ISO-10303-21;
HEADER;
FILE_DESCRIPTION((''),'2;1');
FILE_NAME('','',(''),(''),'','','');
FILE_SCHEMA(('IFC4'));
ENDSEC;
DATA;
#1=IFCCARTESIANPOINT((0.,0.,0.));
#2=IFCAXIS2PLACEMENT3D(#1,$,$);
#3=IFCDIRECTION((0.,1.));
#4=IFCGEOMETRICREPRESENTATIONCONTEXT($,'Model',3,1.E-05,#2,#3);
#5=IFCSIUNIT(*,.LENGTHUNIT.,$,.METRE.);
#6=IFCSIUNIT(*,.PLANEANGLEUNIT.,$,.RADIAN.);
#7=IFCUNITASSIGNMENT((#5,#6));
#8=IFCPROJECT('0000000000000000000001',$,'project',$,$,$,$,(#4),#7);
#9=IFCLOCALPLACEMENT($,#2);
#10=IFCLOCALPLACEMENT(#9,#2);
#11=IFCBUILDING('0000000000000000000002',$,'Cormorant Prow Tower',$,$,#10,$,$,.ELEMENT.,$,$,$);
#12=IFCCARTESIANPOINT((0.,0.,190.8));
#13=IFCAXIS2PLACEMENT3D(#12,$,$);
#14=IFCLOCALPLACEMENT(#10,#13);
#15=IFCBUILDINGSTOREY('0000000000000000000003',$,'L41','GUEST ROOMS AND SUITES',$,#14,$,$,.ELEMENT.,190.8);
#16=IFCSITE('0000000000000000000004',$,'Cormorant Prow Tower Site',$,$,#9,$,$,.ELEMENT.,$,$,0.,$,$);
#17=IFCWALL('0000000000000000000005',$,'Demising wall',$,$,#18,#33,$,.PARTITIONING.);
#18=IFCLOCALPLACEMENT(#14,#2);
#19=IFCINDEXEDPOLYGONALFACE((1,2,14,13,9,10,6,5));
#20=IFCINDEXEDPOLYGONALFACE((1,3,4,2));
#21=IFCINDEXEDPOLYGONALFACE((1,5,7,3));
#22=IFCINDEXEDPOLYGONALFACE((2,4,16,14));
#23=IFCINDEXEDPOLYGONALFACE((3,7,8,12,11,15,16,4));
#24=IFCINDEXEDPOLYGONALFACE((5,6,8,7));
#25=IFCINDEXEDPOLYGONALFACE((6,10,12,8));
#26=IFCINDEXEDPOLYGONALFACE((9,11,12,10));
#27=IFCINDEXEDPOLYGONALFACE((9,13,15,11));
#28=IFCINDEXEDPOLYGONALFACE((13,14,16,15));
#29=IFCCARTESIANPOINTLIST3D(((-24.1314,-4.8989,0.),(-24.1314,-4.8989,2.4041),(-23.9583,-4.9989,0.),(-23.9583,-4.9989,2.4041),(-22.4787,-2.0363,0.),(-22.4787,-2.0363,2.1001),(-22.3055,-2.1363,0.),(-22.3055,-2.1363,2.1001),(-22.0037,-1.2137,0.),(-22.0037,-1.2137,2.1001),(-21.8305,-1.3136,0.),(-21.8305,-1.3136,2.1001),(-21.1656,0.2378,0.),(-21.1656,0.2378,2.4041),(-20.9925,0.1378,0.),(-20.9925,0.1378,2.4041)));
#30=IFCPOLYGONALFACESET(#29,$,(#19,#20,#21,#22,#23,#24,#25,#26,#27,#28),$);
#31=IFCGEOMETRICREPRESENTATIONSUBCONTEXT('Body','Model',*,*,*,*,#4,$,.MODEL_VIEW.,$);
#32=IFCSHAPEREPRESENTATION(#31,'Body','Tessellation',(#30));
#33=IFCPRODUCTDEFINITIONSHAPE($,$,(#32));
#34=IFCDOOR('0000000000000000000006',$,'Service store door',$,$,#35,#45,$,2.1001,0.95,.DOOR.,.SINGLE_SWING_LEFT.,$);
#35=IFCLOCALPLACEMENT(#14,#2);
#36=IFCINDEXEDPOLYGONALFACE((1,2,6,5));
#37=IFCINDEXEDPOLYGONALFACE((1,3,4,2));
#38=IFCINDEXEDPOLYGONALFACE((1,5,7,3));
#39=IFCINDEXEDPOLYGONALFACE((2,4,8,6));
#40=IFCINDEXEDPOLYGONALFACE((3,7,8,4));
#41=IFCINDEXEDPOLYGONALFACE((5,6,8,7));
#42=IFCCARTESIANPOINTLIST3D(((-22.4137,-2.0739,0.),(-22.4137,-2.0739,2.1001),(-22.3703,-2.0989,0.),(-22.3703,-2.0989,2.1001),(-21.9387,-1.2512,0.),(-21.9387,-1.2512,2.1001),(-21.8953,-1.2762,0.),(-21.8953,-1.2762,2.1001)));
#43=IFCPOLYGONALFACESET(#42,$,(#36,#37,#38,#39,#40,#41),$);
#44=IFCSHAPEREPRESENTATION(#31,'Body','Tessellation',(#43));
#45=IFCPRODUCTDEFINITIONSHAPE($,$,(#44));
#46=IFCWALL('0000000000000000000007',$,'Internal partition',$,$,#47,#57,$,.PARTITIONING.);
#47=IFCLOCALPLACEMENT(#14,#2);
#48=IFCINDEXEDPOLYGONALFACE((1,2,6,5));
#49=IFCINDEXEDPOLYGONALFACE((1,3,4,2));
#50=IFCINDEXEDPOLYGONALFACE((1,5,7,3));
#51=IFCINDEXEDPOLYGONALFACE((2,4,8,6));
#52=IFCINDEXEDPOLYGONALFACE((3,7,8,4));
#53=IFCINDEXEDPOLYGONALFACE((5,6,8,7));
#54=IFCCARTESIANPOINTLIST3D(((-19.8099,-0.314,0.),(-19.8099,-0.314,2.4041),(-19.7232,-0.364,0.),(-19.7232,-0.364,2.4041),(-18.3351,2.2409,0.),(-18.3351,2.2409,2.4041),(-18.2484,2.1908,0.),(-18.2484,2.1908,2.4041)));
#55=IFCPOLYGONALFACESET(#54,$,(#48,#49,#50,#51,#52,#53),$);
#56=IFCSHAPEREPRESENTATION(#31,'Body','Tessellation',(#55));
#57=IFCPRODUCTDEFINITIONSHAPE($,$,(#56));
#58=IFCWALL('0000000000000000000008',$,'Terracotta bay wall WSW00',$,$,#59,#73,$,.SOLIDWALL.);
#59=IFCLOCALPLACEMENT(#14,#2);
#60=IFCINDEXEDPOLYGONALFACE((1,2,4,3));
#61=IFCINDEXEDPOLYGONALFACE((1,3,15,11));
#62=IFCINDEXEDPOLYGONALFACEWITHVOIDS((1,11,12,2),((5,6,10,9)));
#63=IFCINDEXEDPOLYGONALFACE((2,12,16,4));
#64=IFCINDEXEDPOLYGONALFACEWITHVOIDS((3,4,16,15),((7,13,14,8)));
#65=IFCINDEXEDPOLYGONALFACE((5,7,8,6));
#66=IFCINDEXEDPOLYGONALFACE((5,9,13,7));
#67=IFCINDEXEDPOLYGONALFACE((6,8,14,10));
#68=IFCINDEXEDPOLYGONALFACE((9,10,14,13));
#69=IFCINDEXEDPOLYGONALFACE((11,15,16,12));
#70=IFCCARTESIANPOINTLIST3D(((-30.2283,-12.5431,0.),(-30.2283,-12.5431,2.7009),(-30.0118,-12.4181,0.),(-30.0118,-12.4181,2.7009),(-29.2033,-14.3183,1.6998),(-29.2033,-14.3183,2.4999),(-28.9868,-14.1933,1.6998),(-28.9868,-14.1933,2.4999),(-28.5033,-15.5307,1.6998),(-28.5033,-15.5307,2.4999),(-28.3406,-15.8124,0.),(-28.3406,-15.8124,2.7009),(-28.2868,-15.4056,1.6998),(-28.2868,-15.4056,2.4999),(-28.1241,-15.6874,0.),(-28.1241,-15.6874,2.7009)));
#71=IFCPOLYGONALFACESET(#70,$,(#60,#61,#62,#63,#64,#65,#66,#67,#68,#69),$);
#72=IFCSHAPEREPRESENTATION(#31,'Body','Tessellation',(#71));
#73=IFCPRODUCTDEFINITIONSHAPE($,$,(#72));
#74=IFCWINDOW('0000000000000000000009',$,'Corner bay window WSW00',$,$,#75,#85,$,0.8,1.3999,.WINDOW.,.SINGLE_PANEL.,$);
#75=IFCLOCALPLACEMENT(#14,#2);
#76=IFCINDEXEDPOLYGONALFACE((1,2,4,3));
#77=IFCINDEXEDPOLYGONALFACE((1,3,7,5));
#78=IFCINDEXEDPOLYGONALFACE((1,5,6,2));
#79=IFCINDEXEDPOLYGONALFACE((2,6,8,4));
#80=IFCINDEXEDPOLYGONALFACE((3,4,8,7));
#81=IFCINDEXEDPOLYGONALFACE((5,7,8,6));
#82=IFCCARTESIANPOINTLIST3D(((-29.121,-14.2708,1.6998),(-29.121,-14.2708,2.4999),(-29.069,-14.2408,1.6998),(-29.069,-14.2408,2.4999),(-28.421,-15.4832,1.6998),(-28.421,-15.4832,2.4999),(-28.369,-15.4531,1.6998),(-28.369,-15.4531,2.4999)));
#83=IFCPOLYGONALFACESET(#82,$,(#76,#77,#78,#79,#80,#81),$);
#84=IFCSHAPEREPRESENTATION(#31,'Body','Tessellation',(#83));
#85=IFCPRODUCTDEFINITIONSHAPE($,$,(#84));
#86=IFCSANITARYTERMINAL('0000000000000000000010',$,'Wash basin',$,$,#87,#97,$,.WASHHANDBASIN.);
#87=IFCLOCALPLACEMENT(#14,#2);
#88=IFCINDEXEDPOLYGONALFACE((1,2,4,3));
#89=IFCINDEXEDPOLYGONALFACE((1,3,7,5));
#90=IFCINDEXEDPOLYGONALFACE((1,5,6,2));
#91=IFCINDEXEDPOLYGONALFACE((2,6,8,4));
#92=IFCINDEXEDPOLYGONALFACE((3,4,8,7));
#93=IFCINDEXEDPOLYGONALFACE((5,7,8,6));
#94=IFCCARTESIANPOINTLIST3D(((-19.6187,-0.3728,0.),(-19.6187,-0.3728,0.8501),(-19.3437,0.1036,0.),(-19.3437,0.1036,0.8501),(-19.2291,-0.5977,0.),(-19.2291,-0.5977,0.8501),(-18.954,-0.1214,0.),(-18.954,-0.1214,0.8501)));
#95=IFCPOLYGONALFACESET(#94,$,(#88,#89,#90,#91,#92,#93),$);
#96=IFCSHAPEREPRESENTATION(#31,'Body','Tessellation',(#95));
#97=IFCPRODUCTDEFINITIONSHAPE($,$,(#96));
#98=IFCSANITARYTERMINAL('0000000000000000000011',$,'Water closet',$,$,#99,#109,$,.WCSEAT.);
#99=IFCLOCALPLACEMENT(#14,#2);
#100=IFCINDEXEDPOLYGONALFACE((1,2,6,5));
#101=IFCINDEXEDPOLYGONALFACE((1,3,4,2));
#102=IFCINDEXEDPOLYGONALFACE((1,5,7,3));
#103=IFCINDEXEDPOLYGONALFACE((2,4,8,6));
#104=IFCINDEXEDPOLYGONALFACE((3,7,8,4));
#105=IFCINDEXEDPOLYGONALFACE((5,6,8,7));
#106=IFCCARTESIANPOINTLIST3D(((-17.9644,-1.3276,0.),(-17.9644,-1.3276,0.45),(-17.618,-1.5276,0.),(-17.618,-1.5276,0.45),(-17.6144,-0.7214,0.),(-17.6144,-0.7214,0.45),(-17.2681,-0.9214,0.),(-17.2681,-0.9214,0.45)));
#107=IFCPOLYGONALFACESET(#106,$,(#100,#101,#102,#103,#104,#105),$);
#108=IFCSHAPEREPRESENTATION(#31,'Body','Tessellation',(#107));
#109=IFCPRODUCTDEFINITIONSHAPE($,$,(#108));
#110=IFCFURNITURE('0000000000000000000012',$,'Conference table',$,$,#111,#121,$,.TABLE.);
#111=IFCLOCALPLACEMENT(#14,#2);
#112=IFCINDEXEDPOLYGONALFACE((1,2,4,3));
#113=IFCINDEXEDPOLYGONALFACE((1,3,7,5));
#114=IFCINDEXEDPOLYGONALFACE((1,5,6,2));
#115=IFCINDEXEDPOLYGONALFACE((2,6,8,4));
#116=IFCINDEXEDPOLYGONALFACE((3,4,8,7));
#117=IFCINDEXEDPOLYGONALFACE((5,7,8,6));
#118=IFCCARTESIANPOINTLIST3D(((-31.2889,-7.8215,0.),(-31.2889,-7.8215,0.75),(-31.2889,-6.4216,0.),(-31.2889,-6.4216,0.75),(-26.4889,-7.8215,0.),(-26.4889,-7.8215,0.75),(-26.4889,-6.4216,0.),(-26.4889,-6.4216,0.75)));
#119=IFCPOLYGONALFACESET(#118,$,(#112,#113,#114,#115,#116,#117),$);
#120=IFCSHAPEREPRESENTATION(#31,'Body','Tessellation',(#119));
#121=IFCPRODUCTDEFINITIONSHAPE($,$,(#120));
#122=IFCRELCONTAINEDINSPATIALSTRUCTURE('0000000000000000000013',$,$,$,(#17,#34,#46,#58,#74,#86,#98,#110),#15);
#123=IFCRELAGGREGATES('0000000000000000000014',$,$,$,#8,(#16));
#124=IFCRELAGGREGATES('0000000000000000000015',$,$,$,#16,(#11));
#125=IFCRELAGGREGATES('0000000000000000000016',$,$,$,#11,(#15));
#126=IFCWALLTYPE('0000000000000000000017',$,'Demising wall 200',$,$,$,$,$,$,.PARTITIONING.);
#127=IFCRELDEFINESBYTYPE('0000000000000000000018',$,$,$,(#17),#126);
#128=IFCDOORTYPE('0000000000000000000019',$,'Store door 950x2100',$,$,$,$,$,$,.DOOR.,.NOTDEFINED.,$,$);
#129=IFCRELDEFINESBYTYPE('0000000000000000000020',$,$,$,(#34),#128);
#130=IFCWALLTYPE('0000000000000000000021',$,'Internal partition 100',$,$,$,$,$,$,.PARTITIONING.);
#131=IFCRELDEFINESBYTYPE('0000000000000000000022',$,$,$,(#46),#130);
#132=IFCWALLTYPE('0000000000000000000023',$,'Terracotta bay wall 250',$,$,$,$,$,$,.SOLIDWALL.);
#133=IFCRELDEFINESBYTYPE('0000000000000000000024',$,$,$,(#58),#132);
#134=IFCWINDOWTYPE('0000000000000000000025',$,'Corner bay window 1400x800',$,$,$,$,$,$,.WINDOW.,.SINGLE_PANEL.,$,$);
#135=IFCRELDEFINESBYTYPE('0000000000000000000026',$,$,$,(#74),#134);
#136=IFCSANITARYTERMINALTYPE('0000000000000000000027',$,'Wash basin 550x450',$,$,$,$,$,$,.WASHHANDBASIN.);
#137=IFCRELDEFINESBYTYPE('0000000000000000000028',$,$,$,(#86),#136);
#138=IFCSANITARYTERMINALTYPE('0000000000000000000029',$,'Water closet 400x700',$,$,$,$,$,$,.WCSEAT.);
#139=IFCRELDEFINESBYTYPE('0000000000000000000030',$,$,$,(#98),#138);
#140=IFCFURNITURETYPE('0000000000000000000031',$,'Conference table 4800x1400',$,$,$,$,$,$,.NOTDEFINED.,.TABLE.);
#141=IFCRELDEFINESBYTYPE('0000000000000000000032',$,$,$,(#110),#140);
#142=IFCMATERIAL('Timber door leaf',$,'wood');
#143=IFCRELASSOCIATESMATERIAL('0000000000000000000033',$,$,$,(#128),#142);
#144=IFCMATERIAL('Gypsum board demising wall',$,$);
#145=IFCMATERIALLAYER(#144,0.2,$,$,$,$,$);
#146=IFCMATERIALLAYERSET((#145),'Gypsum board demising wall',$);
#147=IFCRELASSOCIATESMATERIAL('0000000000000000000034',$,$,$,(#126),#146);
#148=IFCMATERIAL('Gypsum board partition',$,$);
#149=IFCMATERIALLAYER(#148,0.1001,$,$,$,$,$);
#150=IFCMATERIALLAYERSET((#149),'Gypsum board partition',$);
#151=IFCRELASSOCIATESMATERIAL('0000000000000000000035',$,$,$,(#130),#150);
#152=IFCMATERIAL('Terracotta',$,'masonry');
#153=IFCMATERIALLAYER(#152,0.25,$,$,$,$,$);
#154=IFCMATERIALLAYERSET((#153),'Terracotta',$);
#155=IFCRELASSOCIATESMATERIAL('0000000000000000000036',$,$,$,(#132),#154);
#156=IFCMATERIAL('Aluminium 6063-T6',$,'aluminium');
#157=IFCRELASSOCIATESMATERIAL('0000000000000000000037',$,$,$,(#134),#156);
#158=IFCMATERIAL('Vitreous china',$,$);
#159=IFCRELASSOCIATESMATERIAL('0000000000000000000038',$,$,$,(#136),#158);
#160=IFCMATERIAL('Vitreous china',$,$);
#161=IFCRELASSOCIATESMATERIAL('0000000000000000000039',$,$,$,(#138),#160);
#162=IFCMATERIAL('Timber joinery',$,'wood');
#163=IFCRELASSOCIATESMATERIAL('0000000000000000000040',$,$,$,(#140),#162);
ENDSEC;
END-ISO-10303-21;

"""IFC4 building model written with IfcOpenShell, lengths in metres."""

from ifc_helpers import new_model, si_unit, direction, frame, frame_2d, origin, origin_2d, place, context, subcontext, project, spatial, rectangle, extrude, material, layer, layer_set, type_object, element, fill, save


model = new_model("IFC4")

# Units and contexts
model_context = context("Model", 3, precision=1e-05, world=origin(), true_north=direction((0.0, 1.0)))
body_context = subcontext(model_context, "Body", "Model", "MODEL_VIEW")
ifc_project = project(units=[si_unit("LENGTHUNIT", "METRE"), si_unit("PLANEANGLEUNIT", "RADIAN")], contexts=[model_context])

# Site, building, storey
site_placement = place(None, origin())
site = spatial("IfcSite", under=ifc_project, at=site_placement, Name="Cormorant Prow Tower Site", CompositionType="ELEMENT", RefElevation=0.0)
building_placement = place(site_placement, origin())
building = spatial("IfcBuilding", under=site, at=building_placement, Name="Cormorant Prow Tower", CompositionType="ELEMENT")
storey_placement = place(building_placement, frame((0.0, 0.0, 190.8)))
storey = spatial("IfcBuildingStorey", under=building, at=storey_placement, Name="L41", Description="GUEST ROOMS AND SUITES", CompositionType="ELEMENT", Elevation=190.8)

# Shared definitions
ifc_material_1 = material(Name="Timber door leaf", Category="wood")
door_type_1 = type_object("IfcDoorType", Name="Store door 950x2100", OperationType="NOTDEFINED", PredefinedType="DOOR", material=ifc_material_1)

# Shared definitions
ifc_material_2 = material(Name="Gypsum board demising wall")
ifc_layer_1 = layer(ifc_material_2, 0.2)
ifc_layer_set_1 = layer_set([ifc_layer_1], Name="Gypsum board demising wall")
wall_type_1 = type_object("IfcWallType", Name="Demising wall 200", PredefinedType="PARTITIONING", material=ifc_layer_set_1)

# Wall, opening, door
wall_1_placement = place(storey_placement, frame((-24.0449, -4.949, 0.0), z_axis=(0.0, 0.0, 1.0), x_axis=(0.500017, 0.866016, 0.0)))
wall_1 = element("IfcWall", 1, at=wall_1_placement, inside=storey, type_object=wall_type_1, Name="Demising wall", PredefinedType="PARTITIONING", context=body_context, shape_type="SweptSolid", body=[
    extrude(rectangle(XDim=5.9314, YDim=0.2, at=frame_2d((2.9658, 0.0))), origin(), (0.0, 0.0, 1.0), 2.4041),
])
opening_1_placement = place(wall_1_placement, frame((3.3054, 0.0, 0.0)))
opening_1 = element("IfcOpeningElement", 2, at=opening_1_placement, cuts=wall_1, PredefinedType="OPENING", context=body_context, shape_type="SweptSolid", body=[
    extrude(rectangle(XDim=0.95, YDim=2.1001, at=frame_2d((0.4751, 1.05))), frame((0.0, 0.1099, 0.0), z_axis=(0.0, -1.0, 0.0), x_axis=(1.0, 0.0, 0.0)), (0.0, 0.0, 1.0), 0.22),
])
door_1_placement = place(opening_1_placement, origin())
door_1 = element("IfcDoor", 3, at=door_1_placement, inside=storey, type_object=door_type_1, Name="Service store door", OperationType="SINGLE_SWING_LEFT", OverallHeight=2.1001, OverallWidth=0.95, PredefinedType="DOOR", context=body_context, shape_type="SweptSolid", body=[
    extrude(rectangle(XDim=0.95, YDim=2.1001, at=frame_2d((0.4751, 1.05))), frame((0.0, 0.0249, 0.0), z_axis=(0.0, -1.0, 0.0), x_axis=(1.0, 0.0, 0.0)), (0.0, 0.0, 1.0), 0.05),
])
fill(opening_1, door_1)

# Wall
ifc_material_3 = material(Name="Gypsum board partition")
ifc_layer_2 = layer(ifc_material_3, 0.1001)
ifc_layer_set_2 = layer_set([ifc_layer_2], Name="Gypsum board partition")
wall_type_2 = type_object("IfcWallType", Name="Internal partition 100", PredefinedType="PARTITIONING", material=ifc_layer_set_2)
wall_2_placement = place(storey_placement, frame((-19.7666, -0.3391, 0.0), z_axis=(0.0, 0.0, 1.0), x_axis=(0.49994, 0.86606, 0.0)))
element("IfcWall", 4, at=wall_2_placement, inside=storey, type_object=wall_type_2, Name="Internal partition", PredefinedType="PARTITIONING", context=body_context, shape_type="SweptSolid", body=[
    extrude(rectangle(XDim=2.95, YDim=0.1001, at=frame_2d((1.4751, 0.0))), origin(), (0.0, 0.0, 1.0), 2.4041),
])

# Wall, opening, window
ifc_material_4 = material(Name="Terracotta", Category="masonry")
ifc_layer_3 = layer(ifc_material_4, 0.25)
ifc_layer_set_3 = layer_set([ifc_layer_3], Name="Terracotta")
wall_type_3 = type_object("IfcWallType", Name="Terracotta bay wall 250", PredefinedType="SOLIDWALL", material=ifc_layer_set_3)
wall_3_placement = place(storey_placement, frame((-30.1201, -12.4805, 0.0), z_axis=(0.0, 0.0, 1.0), x_axis=(0.500034, -0.866006, 0.0)))
wall_3 = element("IfcWall", 5, at=wall_3_placement, inside=storey, type_object=wall_type_3, Name="Terracotta bay wall WSW00", PredefinedType="SOLIDWALL", context=body_context, shape_type="SweptSolid", body=[
    extrude(rectangle(XDim=3.7751, YDim=0.25, at=frame_2d((1.8877, 0.0))), origin(), (0.0, 0.0, 1.0), 2.7009),
])
opening_2_placement = place(wall_3_placement, frame((2.05, 0.0, 1.7)))
opening_2 = element("IfcOpeningElement", 6, at=opening_2_placement, cuts=wall_3, PredefinedType="OPENING", context=body_context, shape_type="SweptSolid", body=[
    extrude(rectangle(XDim=1.3999, YDim=0.8, at=frame_2d((0.7, 0.3999))), frame((0.0, 0.135, 0.0), z_axis=(0.0, -1.0, 0.0), x_axis=(1.0, 0.0, 0.0)), (0.0, 0.0, 1.0), 0.27),
])
ifc_material_5 = material(Name="Aluminium 6063-T6", Category="aluminium")
window_type = type_object("IfcWindowType", Name="Corner bay window 1400x800", PartitioningType="SINGLE_PANEL", PredefinedType="WINDOW", material=ifc_material_5)
window_placement = place(opening_2_placement, origin())
window = element("IfcWindow", 7, at=window_placement, inside=storey, type_object=window_type, Name="Corner bay window WSW00", OverallHeight=0.8, OverallWidth=1.3999, PartitioningType="SINGLE_PANEL", PredefinedType="WINDOW", context=body_context, shape_type="SweptSolid", body=[
    extrude(rectangle(XDim=1.3999, YDim=0.8, at=frame_2d((0.7, 0.3999))), frame((0.0, 0.03, 0.0), z_axis=(0.0, -1.0, 0.0), x_axis=(1.0, 0.0, 0.0)), (0.0, 0.0, 1.0), 0.0601),
])
fill(opening_2, window)

# Sanitary terminals
ifc_material_6 = material(Name="Vitreous china")
sanitary_terminal_type_1 = type_object("IfcSanitaryTerminalType", Name="Wash basin 550x450", PredefinedType="WASHHANDBASIN", material=ifc_material_6)
sanitary_terminal_1_placement = place(storey_placement, frame((-19.2864, -0.2471, 0.0), z_axis=(0.0, 0.0, 1.0), x_axis=(0.5, 0.866025, 0.0)))
element("IfcSanitaryTerminal", 8, at=sanitary_terminal_1_placement, inside=storey, type_object=sanitary_terminal_type_1, Name="Wash basin", PredefinedType="WASHHANDBASIN", context=body_context, shape_type="SweptSolid", body=[
    extrude(rectangle(XDim=0.55, YDim=0.45, at=origin_2d()), origin(), (0.0, 0.0, 1.0), 0.8501),
])
ifc_material_7 = material(Name="Vitreous china")
sanitary_terminal_type_2 = type_object("IfcSanitaryTerminalType", Name="Water closet 400x700", PredefinedType="WCSEAT", material=ifc_material_7)
sanitary_terminal_2_placement = place(storey_placement, frame((-17.6162, -1.1245, 0.0), z_axis=(0.0, 0.0, 1.0), x_axis=(-0.866025, 0.5, 0.0)))
element("IfcSanitaryTerminal", 9, at=sanitary_terminal_2_placement, inside=storey, type_object=sanitary_terminal_type_2, Name="Water closet", PredefinedType="WCSEAT", context=body_context, shape_type="SweptSolid", body=[
    extrude(rectangle(XDim=0.3999, YDim=0.7, at=origin_2d()), origin(), (0.0, 0.0, 1.0), 0.45),
])

# Furniture
ifc_material_8 = material(Name="Timber joinery", Category="wood")
furniture_type = type_object("IfcFurnitureType", Name="Conference table 4800x1400", AssemblyPlace="NOTDEFINED", PredefinedType="TABLE", material=ifc_material_8)
furniture_placement = place(storey_placement, frame((-28.8889, -7.1216, 0.0), z_axis=(0.0, 0.0, 1.0), x_axis=(1.0, 0.0, 0.0)))
element("IfcFurniture", 10, at=furniture_placement, inside=storey, type_object=furniture_type, Name="Conference table", PredefinedType="TABLE", context=body_context, shape_type="SweptSolid", body=[
    extrude(rectangle(XDim=4.8, YDim=1.3999, at=origin_2d()), origin(), (0.0, 0.0, 1.0), 0.75),
])

save(model, "model.ifc")
